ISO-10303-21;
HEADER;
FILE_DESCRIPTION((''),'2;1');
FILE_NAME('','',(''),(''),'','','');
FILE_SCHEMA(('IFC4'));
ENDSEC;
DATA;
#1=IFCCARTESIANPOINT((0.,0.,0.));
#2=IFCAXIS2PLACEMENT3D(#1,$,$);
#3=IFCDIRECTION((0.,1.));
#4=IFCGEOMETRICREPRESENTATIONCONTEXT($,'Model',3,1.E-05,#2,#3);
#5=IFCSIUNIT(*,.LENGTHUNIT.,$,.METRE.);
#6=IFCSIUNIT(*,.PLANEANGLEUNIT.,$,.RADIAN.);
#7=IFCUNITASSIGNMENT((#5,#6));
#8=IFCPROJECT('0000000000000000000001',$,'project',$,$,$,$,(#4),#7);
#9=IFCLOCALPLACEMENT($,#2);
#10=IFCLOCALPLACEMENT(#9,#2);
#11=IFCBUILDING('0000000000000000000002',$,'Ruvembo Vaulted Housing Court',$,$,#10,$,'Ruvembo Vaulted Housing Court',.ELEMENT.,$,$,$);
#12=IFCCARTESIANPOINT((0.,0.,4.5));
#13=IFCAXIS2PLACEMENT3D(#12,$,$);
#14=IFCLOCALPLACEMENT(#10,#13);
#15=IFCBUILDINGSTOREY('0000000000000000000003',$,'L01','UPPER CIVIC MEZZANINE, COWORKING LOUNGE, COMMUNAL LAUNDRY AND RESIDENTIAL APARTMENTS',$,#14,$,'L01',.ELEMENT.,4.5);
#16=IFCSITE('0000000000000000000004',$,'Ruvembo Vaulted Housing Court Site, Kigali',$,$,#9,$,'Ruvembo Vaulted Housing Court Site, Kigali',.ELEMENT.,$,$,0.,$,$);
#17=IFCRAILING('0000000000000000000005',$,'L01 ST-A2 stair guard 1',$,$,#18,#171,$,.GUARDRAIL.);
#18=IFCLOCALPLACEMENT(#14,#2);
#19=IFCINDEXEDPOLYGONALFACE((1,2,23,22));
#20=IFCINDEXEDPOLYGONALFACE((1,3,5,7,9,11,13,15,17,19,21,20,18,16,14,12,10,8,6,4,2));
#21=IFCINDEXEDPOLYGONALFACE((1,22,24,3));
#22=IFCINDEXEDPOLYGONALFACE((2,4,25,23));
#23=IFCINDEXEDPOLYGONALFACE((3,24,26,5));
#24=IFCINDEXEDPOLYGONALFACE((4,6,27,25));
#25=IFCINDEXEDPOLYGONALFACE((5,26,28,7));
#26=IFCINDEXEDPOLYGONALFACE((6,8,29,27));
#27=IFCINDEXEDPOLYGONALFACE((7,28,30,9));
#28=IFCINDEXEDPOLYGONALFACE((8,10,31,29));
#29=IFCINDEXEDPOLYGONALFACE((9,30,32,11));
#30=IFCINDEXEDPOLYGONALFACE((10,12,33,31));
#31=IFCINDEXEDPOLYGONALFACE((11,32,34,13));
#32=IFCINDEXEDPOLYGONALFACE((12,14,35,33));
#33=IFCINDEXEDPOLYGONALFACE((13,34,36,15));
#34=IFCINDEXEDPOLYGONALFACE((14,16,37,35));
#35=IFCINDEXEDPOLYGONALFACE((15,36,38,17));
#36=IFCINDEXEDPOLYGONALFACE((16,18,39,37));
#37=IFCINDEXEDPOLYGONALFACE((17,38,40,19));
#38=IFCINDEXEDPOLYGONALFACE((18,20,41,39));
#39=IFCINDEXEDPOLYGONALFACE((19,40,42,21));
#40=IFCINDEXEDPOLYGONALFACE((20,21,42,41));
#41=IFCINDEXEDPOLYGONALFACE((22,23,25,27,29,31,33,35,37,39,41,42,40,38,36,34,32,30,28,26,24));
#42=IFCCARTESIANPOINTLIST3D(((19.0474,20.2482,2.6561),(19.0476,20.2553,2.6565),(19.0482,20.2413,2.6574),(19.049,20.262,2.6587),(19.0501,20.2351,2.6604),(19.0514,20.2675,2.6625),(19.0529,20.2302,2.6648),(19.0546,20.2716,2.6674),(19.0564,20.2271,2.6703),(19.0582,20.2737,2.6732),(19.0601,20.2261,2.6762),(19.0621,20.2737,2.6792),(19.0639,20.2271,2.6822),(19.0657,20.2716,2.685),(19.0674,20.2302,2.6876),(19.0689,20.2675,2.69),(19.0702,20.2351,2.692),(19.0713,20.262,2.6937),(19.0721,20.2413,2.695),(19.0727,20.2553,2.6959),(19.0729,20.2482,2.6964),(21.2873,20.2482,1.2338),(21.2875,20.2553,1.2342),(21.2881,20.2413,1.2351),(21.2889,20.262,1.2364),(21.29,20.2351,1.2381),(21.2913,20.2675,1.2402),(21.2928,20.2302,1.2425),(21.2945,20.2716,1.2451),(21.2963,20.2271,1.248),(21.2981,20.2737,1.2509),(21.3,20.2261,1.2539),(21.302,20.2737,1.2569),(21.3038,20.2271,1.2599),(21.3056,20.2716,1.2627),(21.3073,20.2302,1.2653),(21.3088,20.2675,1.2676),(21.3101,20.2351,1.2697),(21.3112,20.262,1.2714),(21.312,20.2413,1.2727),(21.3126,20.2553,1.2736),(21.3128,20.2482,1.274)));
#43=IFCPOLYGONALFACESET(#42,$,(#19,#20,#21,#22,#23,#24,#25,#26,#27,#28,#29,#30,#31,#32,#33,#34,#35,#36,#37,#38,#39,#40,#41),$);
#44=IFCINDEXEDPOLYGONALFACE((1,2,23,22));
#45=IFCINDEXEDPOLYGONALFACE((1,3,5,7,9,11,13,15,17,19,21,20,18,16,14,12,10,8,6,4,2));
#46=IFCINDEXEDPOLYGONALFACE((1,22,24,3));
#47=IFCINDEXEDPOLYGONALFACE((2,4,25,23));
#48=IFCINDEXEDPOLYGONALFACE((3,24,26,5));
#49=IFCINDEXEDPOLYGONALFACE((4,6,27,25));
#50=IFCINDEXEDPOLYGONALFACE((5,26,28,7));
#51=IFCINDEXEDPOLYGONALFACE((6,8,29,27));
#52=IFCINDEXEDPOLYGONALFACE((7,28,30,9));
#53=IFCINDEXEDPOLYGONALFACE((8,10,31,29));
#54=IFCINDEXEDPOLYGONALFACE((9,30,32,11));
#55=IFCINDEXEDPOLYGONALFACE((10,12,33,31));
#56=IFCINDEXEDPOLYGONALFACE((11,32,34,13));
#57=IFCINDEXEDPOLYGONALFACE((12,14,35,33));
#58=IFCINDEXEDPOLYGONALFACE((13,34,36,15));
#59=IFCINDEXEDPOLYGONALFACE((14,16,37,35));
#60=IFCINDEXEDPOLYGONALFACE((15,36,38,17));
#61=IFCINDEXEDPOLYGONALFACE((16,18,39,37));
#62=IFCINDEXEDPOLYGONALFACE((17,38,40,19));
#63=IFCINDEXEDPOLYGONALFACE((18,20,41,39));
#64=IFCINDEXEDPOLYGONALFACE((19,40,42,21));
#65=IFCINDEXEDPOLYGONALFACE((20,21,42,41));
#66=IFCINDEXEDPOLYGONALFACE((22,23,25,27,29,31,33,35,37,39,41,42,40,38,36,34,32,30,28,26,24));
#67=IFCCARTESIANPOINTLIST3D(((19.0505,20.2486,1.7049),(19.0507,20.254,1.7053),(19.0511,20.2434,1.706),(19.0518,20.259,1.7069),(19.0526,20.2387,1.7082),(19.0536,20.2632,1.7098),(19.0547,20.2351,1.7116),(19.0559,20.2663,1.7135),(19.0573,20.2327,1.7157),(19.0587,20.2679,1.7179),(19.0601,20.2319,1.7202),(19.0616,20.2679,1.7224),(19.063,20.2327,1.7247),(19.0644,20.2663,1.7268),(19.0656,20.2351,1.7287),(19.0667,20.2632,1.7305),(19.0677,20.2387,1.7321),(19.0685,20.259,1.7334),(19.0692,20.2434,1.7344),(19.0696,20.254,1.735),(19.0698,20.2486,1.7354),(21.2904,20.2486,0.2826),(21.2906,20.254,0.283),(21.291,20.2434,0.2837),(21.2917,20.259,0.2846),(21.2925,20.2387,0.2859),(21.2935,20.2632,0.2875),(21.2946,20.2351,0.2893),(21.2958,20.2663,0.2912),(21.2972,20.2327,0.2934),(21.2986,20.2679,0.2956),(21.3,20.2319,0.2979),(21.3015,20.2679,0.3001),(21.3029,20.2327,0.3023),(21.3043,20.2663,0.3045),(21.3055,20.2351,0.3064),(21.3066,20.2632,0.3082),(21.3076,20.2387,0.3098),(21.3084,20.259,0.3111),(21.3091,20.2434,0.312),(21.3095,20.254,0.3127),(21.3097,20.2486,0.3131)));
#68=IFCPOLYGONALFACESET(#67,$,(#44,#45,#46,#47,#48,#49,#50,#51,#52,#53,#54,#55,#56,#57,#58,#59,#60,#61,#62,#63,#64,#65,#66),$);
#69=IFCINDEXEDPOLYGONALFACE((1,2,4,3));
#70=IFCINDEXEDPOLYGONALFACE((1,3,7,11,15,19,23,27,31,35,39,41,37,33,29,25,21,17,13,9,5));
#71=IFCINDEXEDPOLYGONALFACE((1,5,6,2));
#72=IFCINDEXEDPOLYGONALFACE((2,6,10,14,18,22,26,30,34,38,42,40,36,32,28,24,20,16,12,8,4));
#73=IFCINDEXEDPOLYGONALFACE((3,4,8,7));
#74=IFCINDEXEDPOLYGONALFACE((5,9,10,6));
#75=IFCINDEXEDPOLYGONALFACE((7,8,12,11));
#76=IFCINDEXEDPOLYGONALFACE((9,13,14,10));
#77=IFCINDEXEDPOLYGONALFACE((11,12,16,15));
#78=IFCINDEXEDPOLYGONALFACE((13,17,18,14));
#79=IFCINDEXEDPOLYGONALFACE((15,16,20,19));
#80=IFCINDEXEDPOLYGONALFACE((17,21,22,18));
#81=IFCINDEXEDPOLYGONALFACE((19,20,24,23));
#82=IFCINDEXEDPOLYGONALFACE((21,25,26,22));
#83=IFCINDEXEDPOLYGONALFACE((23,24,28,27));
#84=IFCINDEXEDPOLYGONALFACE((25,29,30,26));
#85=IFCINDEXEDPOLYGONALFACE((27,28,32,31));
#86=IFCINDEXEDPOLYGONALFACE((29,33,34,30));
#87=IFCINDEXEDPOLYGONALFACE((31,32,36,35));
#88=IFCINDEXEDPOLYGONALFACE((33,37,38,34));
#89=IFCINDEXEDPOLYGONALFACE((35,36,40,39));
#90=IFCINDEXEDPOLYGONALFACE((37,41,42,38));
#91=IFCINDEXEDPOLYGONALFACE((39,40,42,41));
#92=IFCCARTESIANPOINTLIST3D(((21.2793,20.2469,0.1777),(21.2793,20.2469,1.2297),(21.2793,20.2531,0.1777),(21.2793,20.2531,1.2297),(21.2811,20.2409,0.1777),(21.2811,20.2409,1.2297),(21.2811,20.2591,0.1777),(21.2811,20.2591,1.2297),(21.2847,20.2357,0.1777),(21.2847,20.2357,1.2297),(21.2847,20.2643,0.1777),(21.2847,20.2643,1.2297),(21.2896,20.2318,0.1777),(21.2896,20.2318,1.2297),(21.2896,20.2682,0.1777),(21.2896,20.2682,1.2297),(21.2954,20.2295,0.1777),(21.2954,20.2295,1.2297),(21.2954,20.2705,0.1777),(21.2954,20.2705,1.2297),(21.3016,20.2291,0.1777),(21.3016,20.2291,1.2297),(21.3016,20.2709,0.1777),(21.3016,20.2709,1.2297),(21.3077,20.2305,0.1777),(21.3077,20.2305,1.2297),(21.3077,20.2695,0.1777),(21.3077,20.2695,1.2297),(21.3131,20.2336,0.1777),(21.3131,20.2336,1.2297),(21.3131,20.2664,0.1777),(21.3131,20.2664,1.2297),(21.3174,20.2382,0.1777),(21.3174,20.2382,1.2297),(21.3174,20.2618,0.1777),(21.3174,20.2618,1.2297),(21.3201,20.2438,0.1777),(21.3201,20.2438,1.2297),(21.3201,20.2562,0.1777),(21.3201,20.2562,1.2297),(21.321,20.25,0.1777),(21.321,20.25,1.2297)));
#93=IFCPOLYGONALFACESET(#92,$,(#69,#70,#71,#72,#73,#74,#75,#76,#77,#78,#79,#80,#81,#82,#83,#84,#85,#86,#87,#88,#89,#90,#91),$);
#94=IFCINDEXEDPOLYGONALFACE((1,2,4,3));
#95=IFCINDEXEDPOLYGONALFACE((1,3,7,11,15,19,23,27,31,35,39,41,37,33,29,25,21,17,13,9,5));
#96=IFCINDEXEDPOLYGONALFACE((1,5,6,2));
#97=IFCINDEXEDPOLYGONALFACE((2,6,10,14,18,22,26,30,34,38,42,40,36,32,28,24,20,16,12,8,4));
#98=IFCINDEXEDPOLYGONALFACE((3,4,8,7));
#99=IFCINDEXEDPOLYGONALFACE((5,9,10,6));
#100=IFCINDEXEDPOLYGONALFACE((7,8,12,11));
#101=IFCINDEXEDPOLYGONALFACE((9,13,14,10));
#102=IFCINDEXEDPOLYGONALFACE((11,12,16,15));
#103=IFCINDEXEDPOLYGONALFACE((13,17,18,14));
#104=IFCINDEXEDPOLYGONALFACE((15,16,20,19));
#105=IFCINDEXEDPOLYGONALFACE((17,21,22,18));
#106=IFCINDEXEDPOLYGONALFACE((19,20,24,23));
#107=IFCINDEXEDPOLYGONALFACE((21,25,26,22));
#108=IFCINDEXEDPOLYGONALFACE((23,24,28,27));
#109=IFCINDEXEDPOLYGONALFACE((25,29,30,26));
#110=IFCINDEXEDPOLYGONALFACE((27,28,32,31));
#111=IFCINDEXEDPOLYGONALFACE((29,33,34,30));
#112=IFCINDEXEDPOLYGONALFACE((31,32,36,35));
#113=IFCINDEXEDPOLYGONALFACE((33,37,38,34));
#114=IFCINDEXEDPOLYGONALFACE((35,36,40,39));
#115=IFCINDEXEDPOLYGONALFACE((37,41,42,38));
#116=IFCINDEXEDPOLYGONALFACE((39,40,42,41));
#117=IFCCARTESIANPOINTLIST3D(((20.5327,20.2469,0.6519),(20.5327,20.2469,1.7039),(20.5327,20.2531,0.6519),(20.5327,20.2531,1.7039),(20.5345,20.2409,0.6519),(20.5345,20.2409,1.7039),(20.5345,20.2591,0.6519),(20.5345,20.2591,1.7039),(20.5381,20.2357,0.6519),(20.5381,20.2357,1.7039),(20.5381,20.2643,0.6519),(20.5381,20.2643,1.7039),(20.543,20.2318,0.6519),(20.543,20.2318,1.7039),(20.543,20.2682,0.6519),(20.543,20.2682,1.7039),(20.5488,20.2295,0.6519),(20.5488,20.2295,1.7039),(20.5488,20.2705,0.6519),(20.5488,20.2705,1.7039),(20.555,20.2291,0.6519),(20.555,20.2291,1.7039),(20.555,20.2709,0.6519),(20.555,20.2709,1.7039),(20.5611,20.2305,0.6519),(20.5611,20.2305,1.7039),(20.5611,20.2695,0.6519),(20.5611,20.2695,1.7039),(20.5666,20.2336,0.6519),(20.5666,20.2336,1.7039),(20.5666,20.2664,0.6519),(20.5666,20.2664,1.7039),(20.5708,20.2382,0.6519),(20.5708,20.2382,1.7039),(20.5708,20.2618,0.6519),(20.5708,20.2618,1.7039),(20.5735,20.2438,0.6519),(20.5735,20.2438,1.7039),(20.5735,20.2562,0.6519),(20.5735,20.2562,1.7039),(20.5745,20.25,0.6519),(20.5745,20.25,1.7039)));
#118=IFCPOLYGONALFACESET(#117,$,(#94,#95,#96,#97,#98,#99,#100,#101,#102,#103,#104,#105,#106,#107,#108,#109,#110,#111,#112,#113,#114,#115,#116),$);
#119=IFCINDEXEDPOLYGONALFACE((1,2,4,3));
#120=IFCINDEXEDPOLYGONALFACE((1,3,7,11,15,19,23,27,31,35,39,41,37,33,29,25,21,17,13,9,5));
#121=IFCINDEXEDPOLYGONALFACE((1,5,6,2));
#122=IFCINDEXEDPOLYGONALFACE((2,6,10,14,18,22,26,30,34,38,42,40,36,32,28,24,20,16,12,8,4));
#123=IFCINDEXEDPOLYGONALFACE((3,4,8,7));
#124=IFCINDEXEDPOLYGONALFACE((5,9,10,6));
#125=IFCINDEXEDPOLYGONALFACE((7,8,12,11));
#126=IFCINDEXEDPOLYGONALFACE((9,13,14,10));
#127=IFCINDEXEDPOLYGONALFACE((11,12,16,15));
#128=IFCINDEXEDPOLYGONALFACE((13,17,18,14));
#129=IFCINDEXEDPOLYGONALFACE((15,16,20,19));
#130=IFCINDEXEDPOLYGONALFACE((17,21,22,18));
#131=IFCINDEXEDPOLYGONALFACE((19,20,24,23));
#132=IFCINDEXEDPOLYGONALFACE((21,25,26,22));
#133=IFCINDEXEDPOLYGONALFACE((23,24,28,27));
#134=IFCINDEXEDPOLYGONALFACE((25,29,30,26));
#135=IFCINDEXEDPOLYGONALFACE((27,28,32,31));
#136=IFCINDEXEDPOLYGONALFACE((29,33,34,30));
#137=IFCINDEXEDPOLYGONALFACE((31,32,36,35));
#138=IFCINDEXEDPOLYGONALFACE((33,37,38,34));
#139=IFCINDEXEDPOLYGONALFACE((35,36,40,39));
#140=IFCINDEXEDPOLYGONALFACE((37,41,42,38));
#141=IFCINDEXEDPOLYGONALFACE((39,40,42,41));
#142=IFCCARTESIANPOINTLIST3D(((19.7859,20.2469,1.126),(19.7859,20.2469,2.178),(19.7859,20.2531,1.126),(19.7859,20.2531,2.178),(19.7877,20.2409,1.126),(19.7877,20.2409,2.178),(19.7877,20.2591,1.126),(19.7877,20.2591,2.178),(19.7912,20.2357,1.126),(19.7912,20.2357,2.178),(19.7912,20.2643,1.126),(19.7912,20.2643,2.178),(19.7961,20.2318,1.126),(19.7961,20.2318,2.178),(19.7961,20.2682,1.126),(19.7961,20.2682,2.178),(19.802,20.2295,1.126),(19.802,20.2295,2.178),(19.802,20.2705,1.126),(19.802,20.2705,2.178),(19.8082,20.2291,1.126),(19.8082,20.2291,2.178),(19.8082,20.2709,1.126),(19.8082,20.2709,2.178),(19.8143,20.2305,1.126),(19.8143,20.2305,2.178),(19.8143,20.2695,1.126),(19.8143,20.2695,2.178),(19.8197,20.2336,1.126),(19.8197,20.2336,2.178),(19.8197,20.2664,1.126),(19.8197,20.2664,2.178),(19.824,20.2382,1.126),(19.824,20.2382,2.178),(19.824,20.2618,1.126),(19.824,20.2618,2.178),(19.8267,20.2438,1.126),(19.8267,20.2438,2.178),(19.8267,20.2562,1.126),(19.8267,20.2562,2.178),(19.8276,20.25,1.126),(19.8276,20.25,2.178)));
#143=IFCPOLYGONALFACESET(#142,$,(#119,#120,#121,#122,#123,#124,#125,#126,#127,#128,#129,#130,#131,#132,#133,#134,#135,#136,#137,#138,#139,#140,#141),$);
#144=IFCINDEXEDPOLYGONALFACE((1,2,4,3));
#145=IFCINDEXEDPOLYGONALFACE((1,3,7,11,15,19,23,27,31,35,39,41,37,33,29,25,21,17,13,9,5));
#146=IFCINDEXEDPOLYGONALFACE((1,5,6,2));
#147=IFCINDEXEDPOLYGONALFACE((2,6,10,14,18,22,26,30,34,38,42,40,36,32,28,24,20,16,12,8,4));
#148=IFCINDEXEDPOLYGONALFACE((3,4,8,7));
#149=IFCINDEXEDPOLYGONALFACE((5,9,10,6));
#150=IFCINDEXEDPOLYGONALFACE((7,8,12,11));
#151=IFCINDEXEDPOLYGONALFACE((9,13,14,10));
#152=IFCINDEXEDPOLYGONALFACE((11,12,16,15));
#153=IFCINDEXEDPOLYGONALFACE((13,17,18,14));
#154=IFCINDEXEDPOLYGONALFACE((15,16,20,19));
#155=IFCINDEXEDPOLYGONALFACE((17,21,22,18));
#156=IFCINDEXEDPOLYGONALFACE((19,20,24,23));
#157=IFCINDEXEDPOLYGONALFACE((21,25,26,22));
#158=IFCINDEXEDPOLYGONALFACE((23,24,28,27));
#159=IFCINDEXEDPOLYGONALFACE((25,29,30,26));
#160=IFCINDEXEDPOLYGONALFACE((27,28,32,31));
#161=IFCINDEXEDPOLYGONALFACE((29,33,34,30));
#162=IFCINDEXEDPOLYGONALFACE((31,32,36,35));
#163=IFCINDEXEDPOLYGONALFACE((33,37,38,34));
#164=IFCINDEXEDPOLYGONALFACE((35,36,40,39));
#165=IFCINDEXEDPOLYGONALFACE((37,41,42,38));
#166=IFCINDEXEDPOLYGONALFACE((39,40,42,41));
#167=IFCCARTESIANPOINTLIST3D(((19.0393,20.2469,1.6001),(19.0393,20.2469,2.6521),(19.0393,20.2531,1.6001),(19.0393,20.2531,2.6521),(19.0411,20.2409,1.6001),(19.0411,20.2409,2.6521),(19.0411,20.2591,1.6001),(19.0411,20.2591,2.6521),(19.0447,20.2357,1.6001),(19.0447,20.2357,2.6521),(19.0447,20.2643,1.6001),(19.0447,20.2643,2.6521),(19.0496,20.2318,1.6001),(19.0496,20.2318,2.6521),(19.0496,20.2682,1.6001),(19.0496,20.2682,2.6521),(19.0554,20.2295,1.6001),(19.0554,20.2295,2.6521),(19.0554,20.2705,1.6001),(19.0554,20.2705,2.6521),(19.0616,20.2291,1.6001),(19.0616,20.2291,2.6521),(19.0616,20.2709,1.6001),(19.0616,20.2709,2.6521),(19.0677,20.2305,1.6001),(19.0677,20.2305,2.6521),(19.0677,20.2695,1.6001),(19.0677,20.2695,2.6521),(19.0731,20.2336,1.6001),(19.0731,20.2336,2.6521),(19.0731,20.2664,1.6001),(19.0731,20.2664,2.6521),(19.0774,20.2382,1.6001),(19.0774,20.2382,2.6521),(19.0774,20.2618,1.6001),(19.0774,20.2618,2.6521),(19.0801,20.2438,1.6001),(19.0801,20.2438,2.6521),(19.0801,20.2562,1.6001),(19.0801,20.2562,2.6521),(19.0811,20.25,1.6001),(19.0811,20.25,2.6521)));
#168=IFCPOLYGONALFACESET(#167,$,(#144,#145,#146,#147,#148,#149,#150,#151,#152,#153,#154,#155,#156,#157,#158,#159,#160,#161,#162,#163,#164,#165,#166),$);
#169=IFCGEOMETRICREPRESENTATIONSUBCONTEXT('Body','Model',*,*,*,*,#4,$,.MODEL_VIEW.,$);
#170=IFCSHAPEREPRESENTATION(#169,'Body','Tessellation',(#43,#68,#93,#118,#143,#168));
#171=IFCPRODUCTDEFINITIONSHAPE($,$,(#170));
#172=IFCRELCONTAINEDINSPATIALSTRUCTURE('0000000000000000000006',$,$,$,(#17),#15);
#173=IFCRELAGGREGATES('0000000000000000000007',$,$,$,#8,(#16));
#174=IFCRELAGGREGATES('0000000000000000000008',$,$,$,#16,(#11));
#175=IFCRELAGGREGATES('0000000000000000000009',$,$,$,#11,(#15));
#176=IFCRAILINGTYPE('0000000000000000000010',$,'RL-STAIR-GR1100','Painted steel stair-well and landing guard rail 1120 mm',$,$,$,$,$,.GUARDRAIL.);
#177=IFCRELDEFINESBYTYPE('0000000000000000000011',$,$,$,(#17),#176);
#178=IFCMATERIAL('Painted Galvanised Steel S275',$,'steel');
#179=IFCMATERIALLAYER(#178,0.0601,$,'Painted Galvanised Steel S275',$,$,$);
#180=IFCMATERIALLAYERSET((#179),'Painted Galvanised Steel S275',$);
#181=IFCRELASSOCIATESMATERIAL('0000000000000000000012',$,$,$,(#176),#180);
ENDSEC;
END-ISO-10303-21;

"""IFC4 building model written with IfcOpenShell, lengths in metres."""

from ifc_helpers import new_model, si_unit, direction, frame, origin, origin_2d, place, context, subcontext, project, spatial, circle, extrude, material, layer, layer_set, type_object, element, save


model = new_model("IFC4")

# Units and contexts
model_context = context("Model", 3, precision=1e-05, world=origin(), true_north=direction((0.0, 1.0)))
body_context = subcontext(model_context, "Body", "Model", "MODEL_VIEW")
ifc_project = project(units=[si_unit("LENGTHUNIT", "METRE"), si_unit("PLANEANGLEUNIT", "RADIAN")], contexts=[model_context])

# Site, building, storey
site_placement = place(None, origin())
site = spatial("IfcSite", under=ifc_project, at=site_placement, Name="Ruvembo Vaulted Housing Court Site, Kigali", LongName="Ruvembo Vaulted Housing Court Site, Kigali", CompositionType="ELEMENT", RefElevation=0.0)
building_placement = place(site_placement, origin())
building = spatial("IfcBuilding", under=site, at=building_placement, Name="Ruvembo Vaulted Housing Court", LongName="Ruvembo Vaulted Housing Court", CompositionType="ELEMENT")
storey_placement = place(building_placement, frame((0.0, 0.0, 4.5)))
storey = spatial("IfcBuildingStorey", under=building, at=storey_placement, Name="L01", Description="UPPER CIVIC MEZZANINE, COWORKING LOUNGE, COMMUNAL LAUNDRY AND RESIDENTIAL APARTMENTS", LongName="L01", CompositionType="ELEMENT", Elevation=4.5)

# Railing
ifc_material_1 = material(Name="Painted Galvanised Steel S275", Category="steel")
ifc_layer_1 = layer(ifc_material_1, 0.0601, Name="Painted Galvanised Steel S275")
ifc_layer_set_1 = layer_set([ifc_layer_1], Name="Painted Galvanised Steel S275")
railing_type_1 = type_object("IfcRailingType", Name="RL-STAIR-GR1100", Description="Painted steel stair-well and landing guard rail 1120 mm", PredefinedType="GUARDRAIL", material=ifc_layer_set_1)
railing_1_placement = place(storey_placement, frame((21.3, 20.25, 0.1777)))
element("IfcRailing", 1, at=railing_1_placement, inside=storey, type_object=railing_type_1, Name="L01 ST-A2 stair guard 1", PredefinedType="GUARDRAIL", context=body_context, shape_type="SweptSolid", body=[
    extrude(circle(Radius=0.0239, at=origin_2d()), frame((0.0, 0.0, 1.0762), z_axis=(-0.844188, 0.0, 0.536048), x_axis=(0.0, -1.0, 0.0)), (0.0, 0.0, 1.0), 2.6533),
    extrude(circle(Radius=0.0181, at=origin_2d()), frame((0.0, 0.0, 0.1201), z_axis=(-0.844188, 0.0, 0.536048), x_axis=(0.0, -1.0, 0.0)), (0.0, 0.0, 1.0), 2.6533),
    extrude(circle(Radius=0.021, at=origin_2d()), origin(), (0.0, 0.0, 1.0), 1.052),
    extrude(circle(Radius=0.021, at=origin_2d()), frame((-0.7466, 0.0, 0.4741)), (0.0, 0.0, 1.0), 1.052),
    extrude(circle(Radius=0.021, at=origin_2d()), frame((-1.4934, 0.0, 0.9482)), (0.0, 0.0, 1.0), 1.052),
    extrude(circle(Radius=0.021, at=origin_2d()), frame((-2.24, 0.0, 1.4224)), (0.0, 0.0, 1.0), 1.052),
])

save(model, "model.ifc")
